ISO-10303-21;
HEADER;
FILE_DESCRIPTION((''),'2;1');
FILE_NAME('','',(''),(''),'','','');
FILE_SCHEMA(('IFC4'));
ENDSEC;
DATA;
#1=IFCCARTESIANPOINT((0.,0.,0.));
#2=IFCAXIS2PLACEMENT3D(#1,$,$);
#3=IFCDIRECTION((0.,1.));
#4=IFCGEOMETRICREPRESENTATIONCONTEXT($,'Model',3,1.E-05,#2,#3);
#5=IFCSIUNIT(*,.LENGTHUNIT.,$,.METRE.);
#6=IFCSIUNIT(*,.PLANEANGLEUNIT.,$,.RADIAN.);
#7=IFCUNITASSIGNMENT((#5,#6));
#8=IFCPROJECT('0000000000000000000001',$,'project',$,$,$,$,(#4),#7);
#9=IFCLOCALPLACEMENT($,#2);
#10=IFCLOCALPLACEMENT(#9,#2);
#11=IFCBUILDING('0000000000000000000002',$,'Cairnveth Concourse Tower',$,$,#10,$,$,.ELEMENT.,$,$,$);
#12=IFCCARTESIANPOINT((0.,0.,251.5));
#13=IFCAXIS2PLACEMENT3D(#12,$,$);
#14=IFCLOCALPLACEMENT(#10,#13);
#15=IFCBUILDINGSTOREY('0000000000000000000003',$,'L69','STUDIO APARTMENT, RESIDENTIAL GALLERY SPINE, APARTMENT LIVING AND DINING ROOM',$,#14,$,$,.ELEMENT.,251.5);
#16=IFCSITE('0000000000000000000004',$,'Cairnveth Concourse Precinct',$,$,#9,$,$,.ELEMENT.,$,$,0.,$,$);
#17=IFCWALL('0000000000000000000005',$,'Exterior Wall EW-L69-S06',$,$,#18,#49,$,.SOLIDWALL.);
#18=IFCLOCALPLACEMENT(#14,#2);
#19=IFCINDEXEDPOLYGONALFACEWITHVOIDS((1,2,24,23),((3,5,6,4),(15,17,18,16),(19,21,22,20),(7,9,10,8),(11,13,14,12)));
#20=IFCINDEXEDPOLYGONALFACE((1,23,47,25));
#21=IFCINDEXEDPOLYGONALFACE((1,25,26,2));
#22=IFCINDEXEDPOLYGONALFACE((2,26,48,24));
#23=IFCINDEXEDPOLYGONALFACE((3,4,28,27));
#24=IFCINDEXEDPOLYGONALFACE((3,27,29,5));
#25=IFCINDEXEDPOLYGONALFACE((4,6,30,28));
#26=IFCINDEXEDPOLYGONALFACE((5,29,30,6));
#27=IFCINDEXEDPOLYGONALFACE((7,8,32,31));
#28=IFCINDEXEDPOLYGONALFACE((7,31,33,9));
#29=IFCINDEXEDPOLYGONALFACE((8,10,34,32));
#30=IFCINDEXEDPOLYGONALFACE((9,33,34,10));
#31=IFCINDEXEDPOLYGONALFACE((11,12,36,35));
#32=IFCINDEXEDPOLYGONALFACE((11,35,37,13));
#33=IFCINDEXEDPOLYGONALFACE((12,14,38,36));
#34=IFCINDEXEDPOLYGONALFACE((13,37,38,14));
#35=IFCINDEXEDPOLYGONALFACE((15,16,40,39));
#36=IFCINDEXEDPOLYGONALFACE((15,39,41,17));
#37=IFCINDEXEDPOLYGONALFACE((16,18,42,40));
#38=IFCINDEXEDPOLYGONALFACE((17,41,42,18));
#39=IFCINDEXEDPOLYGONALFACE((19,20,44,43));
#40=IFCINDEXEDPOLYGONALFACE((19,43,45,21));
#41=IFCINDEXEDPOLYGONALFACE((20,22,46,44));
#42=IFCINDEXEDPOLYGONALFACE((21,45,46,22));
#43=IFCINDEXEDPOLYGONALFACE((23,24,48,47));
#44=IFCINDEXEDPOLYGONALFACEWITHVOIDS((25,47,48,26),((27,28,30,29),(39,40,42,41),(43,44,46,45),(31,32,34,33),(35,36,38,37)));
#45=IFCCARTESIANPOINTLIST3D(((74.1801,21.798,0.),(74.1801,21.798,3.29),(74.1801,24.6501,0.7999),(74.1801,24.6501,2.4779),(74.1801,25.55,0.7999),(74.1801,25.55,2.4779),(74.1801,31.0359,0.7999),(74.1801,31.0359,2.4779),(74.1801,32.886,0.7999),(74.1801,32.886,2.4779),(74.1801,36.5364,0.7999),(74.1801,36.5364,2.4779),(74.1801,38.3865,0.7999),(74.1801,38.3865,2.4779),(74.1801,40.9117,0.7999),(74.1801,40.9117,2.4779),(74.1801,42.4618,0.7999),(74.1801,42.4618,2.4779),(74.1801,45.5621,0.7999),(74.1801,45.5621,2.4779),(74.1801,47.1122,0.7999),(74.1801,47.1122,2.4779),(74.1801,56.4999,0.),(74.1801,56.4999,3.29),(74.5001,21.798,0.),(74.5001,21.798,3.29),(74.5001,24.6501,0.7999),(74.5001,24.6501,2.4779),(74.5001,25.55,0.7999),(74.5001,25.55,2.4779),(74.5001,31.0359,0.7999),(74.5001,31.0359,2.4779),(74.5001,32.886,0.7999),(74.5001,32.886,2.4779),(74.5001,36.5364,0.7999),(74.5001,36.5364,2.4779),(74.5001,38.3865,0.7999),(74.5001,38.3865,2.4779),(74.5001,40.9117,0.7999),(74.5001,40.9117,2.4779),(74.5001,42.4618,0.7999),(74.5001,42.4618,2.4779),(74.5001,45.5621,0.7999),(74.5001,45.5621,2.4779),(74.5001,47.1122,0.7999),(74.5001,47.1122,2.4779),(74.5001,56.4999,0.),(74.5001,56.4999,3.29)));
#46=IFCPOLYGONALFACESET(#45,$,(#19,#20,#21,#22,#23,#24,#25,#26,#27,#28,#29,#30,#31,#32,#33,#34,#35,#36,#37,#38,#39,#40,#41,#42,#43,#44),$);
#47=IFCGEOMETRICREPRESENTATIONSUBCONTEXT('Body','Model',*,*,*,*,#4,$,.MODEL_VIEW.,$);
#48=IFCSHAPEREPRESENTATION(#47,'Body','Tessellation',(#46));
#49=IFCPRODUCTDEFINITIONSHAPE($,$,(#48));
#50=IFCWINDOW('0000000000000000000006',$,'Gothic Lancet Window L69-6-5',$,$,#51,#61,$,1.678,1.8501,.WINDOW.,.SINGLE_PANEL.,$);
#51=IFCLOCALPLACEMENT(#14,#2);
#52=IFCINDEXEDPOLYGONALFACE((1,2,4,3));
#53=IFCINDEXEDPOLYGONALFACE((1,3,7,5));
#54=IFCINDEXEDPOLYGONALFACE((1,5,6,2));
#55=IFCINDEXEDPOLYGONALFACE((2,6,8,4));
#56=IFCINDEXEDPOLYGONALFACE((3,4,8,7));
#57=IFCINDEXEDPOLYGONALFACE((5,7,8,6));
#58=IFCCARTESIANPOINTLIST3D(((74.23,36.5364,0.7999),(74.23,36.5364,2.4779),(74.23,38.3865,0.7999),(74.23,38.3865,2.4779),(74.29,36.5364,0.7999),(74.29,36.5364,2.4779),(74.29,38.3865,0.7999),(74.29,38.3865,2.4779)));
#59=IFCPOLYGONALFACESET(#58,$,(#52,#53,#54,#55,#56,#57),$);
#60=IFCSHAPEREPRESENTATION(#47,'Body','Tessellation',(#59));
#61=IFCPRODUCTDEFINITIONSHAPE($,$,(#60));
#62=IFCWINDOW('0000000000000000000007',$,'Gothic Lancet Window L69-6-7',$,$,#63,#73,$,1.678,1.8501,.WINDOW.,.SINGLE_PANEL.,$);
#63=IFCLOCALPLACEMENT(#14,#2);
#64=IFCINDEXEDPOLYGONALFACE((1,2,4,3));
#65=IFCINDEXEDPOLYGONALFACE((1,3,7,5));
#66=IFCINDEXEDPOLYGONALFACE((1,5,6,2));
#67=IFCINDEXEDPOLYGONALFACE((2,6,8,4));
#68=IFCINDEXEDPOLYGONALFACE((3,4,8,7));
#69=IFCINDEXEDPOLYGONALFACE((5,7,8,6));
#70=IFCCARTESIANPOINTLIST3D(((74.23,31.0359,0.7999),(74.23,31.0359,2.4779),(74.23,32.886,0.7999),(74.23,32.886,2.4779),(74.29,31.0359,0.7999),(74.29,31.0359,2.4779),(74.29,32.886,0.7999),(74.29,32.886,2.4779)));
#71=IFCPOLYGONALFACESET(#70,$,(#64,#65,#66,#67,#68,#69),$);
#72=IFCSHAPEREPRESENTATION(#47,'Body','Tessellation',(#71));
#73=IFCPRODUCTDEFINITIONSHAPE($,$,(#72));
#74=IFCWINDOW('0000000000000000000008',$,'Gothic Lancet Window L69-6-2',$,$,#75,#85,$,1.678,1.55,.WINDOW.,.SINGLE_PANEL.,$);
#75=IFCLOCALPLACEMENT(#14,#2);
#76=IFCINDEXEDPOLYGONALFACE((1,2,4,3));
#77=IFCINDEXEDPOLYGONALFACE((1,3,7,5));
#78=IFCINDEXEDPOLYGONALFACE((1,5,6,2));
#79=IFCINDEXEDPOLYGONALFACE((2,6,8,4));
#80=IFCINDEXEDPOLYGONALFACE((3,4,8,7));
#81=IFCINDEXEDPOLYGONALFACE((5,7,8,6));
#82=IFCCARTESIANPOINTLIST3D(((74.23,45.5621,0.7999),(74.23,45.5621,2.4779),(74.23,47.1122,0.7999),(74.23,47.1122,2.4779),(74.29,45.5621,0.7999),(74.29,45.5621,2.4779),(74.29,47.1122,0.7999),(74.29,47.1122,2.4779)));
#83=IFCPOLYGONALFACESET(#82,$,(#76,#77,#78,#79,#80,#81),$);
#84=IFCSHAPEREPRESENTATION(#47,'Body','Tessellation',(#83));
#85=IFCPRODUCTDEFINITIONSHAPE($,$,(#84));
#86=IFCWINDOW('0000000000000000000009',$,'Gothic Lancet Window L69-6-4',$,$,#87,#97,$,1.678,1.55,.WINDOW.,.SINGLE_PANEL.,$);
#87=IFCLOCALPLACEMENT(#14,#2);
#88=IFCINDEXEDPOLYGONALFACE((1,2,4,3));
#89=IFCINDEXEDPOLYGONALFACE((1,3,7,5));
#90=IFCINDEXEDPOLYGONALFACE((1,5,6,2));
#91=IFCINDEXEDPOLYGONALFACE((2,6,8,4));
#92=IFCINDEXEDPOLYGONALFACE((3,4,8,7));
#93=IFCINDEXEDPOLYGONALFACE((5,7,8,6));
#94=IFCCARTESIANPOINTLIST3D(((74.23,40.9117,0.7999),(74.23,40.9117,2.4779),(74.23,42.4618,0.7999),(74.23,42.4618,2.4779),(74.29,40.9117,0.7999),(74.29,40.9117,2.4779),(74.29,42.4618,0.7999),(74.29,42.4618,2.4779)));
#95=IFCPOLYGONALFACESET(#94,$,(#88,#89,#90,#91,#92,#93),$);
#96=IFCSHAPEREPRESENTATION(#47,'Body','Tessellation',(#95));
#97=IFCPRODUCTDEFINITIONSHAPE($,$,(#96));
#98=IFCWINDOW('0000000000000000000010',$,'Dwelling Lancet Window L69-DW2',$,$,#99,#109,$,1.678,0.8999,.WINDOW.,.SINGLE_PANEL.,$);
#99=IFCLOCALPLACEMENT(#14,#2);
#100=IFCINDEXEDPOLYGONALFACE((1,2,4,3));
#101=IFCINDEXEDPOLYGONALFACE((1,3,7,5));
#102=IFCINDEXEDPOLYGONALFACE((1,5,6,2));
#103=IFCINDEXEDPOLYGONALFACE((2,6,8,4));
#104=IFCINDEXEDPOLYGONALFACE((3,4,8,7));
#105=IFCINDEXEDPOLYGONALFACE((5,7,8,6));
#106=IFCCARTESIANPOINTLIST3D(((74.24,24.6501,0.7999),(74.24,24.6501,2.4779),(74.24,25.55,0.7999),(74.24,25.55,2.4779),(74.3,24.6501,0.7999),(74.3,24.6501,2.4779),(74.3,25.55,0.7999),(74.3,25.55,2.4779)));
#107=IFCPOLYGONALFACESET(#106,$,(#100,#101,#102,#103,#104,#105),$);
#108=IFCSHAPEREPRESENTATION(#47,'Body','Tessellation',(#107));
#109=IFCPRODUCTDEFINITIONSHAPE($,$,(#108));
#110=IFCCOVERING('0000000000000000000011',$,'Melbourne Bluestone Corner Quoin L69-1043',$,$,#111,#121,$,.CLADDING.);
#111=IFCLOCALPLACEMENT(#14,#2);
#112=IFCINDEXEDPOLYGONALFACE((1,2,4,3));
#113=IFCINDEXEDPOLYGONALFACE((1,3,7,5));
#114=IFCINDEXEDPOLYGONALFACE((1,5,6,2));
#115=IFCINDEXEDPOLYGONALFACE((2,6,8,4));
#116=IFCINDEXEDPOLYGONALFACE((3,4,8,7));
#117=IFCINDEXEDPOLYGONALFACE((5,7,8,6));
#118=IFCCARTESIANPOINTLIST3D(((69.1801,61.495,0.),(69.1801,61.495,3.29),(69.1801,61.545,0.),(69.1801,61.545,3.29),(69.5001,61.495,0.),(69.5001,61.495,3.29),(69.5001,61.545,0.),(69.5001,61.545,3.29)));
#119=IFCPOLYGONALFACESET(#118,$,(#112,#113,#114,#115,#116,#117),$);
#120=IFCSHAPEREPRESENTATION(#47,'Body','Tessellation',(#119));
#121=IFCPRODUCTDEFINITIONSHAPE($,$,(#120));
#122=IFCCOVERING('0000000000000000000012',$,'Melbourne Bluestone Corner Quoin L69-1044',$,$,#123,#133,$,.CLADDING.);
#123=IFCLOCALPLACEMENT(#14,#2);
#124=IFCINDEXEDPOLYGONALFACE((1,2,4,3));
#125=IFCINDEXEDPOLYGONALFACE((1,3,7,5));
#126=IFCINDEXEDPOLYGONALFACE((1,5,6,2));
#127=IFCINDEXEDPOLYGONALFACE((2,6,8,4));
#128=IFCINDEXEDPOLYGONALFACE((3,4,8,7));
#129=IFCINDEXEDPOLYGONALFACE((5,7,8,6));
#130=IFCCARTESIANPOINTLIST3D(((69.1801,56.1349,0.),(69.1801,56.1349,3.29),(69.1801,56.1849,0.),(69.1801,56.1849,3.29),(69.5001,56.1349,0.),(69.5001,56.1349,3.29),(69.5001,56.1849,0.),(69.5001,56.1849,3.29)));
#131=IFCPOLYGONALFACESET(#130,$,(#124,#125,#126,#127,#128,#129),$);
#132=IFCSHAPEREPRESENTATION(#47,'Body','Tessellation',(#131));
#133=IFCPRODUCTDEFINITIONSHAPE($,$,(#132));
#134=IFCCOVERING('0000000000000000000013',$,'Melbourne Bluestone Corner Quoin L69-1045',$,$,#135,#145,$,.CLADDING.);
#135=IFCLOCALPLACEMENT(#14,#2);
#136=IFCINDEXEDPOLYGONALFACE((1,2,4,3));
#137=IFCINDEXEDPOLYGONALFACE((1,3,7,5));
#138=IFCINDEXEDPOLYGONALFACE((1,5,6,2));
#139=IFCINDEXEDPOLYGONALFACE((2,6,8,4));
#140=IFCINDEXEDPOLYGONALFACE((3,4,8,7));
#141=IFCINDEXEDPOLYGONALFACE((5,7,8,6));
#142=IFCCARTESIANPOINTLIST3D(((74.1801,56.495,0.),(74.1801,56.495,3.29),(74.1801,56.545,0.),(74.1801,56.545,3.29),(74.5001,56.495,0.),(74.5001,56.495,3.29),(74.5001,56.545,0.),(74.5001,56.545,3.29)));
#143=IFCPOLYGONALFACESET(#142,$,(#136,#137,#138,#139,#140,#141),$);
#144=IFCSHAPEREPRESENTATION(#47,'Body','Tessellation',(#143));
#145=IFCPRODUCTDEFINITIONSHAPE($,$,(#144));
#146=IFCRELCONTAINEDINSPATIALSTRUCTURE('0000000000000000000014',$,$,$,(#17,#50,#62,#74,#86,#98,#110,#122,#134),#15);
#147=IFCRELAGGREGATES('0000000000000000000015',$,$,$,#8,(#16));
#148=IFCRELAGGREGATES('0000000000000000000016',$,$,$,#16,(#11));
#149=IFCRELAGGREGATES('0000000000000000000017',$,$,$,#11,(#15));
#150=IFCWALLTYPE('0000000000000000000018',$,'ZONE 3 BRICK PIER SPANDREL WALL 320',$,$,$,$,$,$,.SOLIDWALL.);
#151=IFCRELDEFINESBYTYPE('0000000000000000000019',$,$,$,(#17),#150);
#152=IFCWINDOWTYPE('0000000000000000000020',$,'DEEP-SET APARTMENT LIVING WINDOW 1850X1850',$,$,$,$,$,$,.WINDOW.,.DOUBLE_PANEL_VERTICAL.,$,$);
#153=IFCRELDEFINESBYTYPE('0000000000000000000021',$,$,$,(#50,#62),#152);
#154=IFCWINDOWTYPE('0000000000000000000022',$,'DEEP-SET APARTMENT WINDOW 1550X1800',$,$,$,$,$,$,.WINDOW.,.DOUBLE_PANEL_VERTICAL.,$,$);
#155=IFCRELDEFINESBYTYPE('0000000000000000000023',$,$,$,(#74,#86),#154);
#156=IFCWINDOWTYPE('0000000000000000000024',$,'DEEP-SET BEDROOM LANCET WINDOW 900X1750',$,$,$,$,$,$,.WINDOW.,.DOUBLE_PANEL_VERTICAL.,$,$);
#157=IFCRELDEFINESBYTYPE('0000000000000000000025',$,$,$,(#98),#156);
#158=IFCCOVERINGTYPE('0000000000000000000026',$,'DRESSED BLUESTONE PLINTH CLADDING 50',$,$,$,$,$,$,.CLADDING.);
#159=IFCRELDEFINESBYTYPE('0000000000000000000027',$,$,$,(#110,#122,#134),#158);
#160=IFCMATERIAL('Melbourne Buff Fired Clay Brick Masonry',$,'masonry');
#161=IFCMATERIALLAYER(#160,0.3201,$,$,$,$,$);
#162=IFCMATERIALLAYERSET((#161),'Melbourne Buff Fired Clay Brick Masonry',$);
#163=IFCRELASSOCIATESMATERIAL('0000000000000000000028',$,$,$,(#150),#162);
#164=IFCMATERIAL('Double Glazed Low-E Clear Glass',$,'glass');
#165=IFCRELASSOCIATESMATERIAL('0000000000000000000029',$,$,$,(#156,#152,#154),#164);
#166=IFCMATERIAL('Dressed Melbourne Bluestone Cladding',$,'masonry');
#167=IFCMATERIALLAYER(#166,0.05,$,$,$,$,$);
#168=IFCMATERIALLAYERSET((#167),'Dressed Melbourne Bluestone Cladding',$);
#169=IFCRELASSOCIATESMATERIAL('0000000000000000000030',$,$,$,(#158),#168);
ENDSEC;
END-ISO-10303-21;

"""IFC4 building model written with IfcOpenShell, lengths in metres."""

from ifc_helpers import new_model, si_unit, direction, frame, frame_2d, origin, place, context, subcontext, project, spatial, rectangle, extrude, material, layer, layer_set, type_object, element, fill, save


model = new_model("IFC4")

# Units and contexts
model_context = context("Model", 3, precision=1e-05, world=origin(), true_north=direction((0.0, 1.0)))
body_context = subcontext(model_context, "Body", "Model", "MODEL_VIEW")
ifc_project = project(units=[si_unit("LENGTHUNIT", "METRE"), si_unit("PLANEANGLEUNIT", "RADIAN")], contexts=[model_context])

# Site, building, storey
site_placement = place(None, origin())
site = spatial("IfcSite", under=ifc_project, at=site_placement, Name="Cairnveth Concourse Precinct", CompositionType="ELEMENT", RefElevation=0.0)
building_placement = place(site_placement, origin())
building = spatial("IfcBuilding", under=site, at=building_placement, Name="Cairnveth Concourse Tower", CompositionType="ELEMENT")
storey_placement = place(building_placement, frame((0.0, 0.0, 251.5)))
storey = spatial("IfcBuildingStorey", under=building, at=storey_placement, Name="L69", Description="STUDIO APARTMENT, RESIDENTIAL GALLERY SPINE, APARTMENT LIVING AND DINING ROOM", CompositionType="ELEMENT", Elevation=251.5)

# Shared definitions
ifc_material_1 = material(Name="Melbourne Buff Fired Clay Brick Masonry", Category="masonry")
ifc_layer_1 = layer(ifc_material_1, 0.3201)
ifc_layer_set_1 = layer_set([ifc_layer_1], Name="Melbourne Buff Fired Clay Brick Masonry")
wall_type_1 = type_object("IfcWallType", Name="ZONE 3 BRICK PIER SPANDREL WALL 320", PredefinedType="SOLIDWALL", material=ifc_layer_set_1)
ifc_material_2 = material(Name="Double Glazed Low-E Clear Glass", Category="glass")
window_type_1 = type_object("IfcWindowType", Name="DEEP-SET BEDROOM LANCET WINDOW 900X1750", PartitioningType="DOUBLE_PANEL_VERTICAL", PredefinedType="WINDOW", material=ifc_material_2)

# Wall, openings, windows
wall_1_placement = place(storey_placement, frame((74.3401, 56.5, 0.0), z_axis=(0.0, 0.0, 1.0), x_axis=(0.0, -1.0, 0.0)))
wall_1 = element("IfcWall", 1, at=wall_1_placement, inside=storey, type_object=wall_type_1, Name="Exterior Wall EW-L69-S06", PredefinedType="SOLIDWALL", context=body_context, shape_type="SweptSolid", body=[
    extrude(rectangle(XDim=34.7019, YDim=0.3201, at=frame_2d((17.3511, 0.0))), origin(), (0.0, 0.0, 1.0), 3.29),
])
opening_1_placement = place(wall_1_placement, frame((9.3879, 0.0, 0.8)))
opening_1 = element("IfcOpeningElement", 2, at=opening_1_placement, cuts=wall_1, PredefinedType="OPENING", context=body_context, shape_type="SweptSolid", body=[
    extrude(rectangle(XDim=1.55, YDim=1.678, at=frame_2d((0.7749, 0.8389))), frame((0.0, 0.1699, 0.0), z_axis=(0.0, -1.0, 0.0), x_axis=(1.0, 0.0, 0.0)), (0.0, 0.0, 1.0), 0.3401),
])
opening_2_placement = place(wall_1_placement, frame((14.0383, 0.0, 0.8)))
opening_2 = element("IfcOpeningElement", 3, at=opening_2_placement, cuts=wall_1, PredefinedType="OPENING", context=body_context, shape_type="SweptSolid", body=[
    extrude(rectangle(XDim=1.55, YDim=1.678, at=frame_2d((0.7749, 0.8389))), frame((0.0, 0.1699, 0.0), z_axis=(0.0, -1.0, 0.0), x_axis=(1.0, 0.0, 0.0)), (0.0, 0.0, 1.0), 0.3401),
])
opening_3_placement = place(wall_1_placement, frame((18.1135, 0.0, 0.8)))
opening_3 = element("IfcOpeningElement", 4, at=opening_3_placement, cuts=wall_1, PredefinedType="OPENING", context=body_context, shape_type="SweptSolid", body=[
    extrude(rectangle(XDim=1.8501, YDim=1.678, at=frame_2d((0.925, 0.8389))), frame((0.0, 0.1699, 0.0), z_axis=(0.0, -1.0, 0.0), x_axis=(1.0, 0.0, 0.0)), (0.0, 0.0, 1.0), 0.3401),
])
opening_4_placement = place(wall_1_placement, frame((23.614, 0.0, 0.8)))
opening_4 = element("IfcOpeningElement", 5, at=opening_4_placement, cuts=wall_1, PredefinedType="OPENING", context=body_context, shape_type="SweptSolid", body=[
    extrude(rectangle(XDim=1.8501, YDim=1.678, at=frame_2d((0.925, 0.8389))), frame((0.0, 0.1699, 0.0), z_axis=(0.0, -1.0, 0.0), x_axis=(1.0, 0.0, 0.0)), (0.0, 0.0, 1.0), 0.3401),
])
opening_5_placement = place(wall_1_placement, frame((30.95, 0.0, 0.8)))
opening_5 = element("IfcOpeningElement", 6, at=opening_5_placement, cuts=wall_1, PredefinedType="OPENING", context=body_context, shape_type="SweptSolid", body=[
    extrude(rectangle(XDim=0.8999, YDim=1.678, at=frame_2d((0.45, 0.8389))), frame((0.0, 0.1699, 0.0), z_axis=(0.0, -1.0, 0.0), x_axis=(1.0, 0.0, 0.0)), (0.0, 0.0, 1.0), 0.3401),
])
window_type_2 = type_object("IfcWindowType", Name="DEEP-SET APARTMENT LIVING WINDOW 1850X1850", PartitioningType="DOUBLE_PANEL_VERTICAL", PredefinedType="WINDOW", material=ifc_material_2)
window_1_placement = place(opening_3_placement, origin())
window_1 = element("IfcWindow", 7, at=window_1_placement, inside=storey, type_object=window_type_2, Name="Gothic Lancet Window L69-6-5", OverallHeight=1.678, OverallWidth=1.8501, PartitioningType="SINGLE_PANEL", PredefinedType="WINDOW", context=body_context, shape_type="SweptSolid", body=[
    extrude(rectangle(XDim=1.8501, YDim=1.678, at=frame_2d((0.925, 0.8389))), frame((0.0, -0.05, 0.0), z_axis=(0.0, -1.0, 0.0), x_axis=(1.0, 0.0, 0.0)), (0.0, 0.0, 1.0), 0.0601),
])
fill(opening_3, window_1)
window_2_placement = place(opening_4_placement, origin())
window_2 = element("IfcWindow", 8, at=window_2_placement, inside=storey, type_object=window_type_2, Name="Gothic Lancet Window L69-6-7", OverallHeight=1.678, OverallWidth=1.8501, PartitioningType="SINGLE_PANEL", PredefinedType="WINDOW", context=body_context, shape_type="SweptSolid", body=[
    extrude(rectangle(XDim=1.8501, YDim=1.678, at=frame_2d((0.925, 0.8389))), frame((0.0, -0.05, 0.0), z_axis=(0.0, -1.0, 0.0), x_axis=(1.0, 0.0, 0.0)), (0.0, 0.0, 1.0), 0.0601),
])
fill(opening_4, window_2)
window_type_3 = type_object("IfcWindowType", Name="DEEP-SET APARTMENT WINDOW 1550X1800", PartitioningType="DOUBLE_PANEL_VERTICAL", PredefinedType="WINDOW", material=ifc_material_2)
window_3_placement = place(opening_1_placement, origin())
window_3 = element("IfcWindow", 9, at=window_3_placement, inside=storey, type_object=window_type_3, Name="Gothic Lancet Window L69-6-2", OverallHeight=1.678, OverallWidth=1.55, PartitioningType="SINGLE_PANEL", PredefinedType="WINDOW", context=body_context, shape_type="SweptSolid", body=[
    extrude(rectangle(XDim=1.55, YDim=1.678, at=frame_2d((0.7749, 0.8389))), frame((0.0, -0.05, 0.0), z_axis=(0.0, -1.0, 0.0), x_axis=(1.0, 0.0, 0.0)), (0.0, 0.0, 1.0), 0.0601),
])
fill(opening_1, window_3)
window_4_placement = place(opening_2_placement, origin())
window_4 = element("IfcWindow", 10, at=window_4_placement, inside=storey, type_object=window_type_3, Name="Gothic Lancet Window L69-6-4", OverallHeight=1.678, OverallWidth=1.55, PartitioningType="SINGLE_PANEL", PredefinedType="WINDOW", context=body_context, shape_type="SweptSolid", body=[
    extrude(rectangle(XDim=1.55, YDim=1.678, at=frame_2d((0.7749, 0.8389))), frame((0.0, -0.05, 0.0), z_axis=(0.0, -1.0, 0.0), x_axis=(1.0, 0.0, 0.0)), (0.0, 0.0, 1.0), 0.0601),
])
fill(opening_2, window_4)
window_5_placement = place(opening_5_placement, origin())
window_5 = element("IfcWindow", 11, at=window_5_placement, inside=storey, type_object=window_type_1, Name="Dwelling Lancet Window L69-DW2", OverallHeight=1.678, OverallWidth=0.8999, PartitioningType="SINGLE_PANEL", PredefinedType="WINDOW", context=body_context, shape_type="SweptSolid", body=[
    extrude(rectangle(XDim=0.8999, YDim=1.678, at=frame_2d((0.45, 0.8389))), frame((0.0, -0.04, 0.0), z_axis=(0.0, -1.0, 0.0), x_axis=(1.0, 0.0, 0.0)), (0.0, 0.0, 1.0), 0.0601),
])
fill(opening_5, window_5)

# Coverings
ifc_material_3 = material(Name="Dressed Melbourne Bluestone Cladding", Category="masonry")
ifc_layer_2 = layer(ifc_material_3, 0.05)
ifc_layer_set_2 = layer_set([ifc_layer_2], Name="Dressed Melbourne Bluestone Cladding")
covering_type = type_object("IfcCoveringType", Name="DRESSED BLUESTONE PLINTH CLADDING 50", PredefinedType="CLADDING", material=ifc_layer_set_2)
for number, where, z_axis, x_axis, name in (
    (12, (69.1799, 61.52, 0.0), (0.0, 0.0, 1.0), (1.0, 0.0, 0.0), "Melbourne Bluestone Corner Quoin L69-1043"),
    (13, (69.1799, 56.1599, 0.0), (0.0, 0.0, 1.0), (1.0, 0.0, 0.0), "Melbourne Bluestone Corner Quoin L69-1044"),
    (14, (74.1799, 56.52, 0.0), (0.0, 0.0, 1.0), (1.0, 0.0, 0.0), "Melbourne Bluestone Corner Quoin L69-1045"),
):
    element("IfcCovering", number, at=place(storey_placement, frame(where, z_axis=z_axis, x_axis=x_axis)), inside=storey, type_object=covering_type, Name=name, PredefinedType="CLADDING", context=body_context, shape_type="SweptSolid", body=[
        extrude(rectangle(XDim=0.3201, YDim=0.05, at=frame_2d((0.1602, 0.0))), origin(), (0.0, 0.0, 1.0), 3.29),
    ])

save(model, "model.ifc")
